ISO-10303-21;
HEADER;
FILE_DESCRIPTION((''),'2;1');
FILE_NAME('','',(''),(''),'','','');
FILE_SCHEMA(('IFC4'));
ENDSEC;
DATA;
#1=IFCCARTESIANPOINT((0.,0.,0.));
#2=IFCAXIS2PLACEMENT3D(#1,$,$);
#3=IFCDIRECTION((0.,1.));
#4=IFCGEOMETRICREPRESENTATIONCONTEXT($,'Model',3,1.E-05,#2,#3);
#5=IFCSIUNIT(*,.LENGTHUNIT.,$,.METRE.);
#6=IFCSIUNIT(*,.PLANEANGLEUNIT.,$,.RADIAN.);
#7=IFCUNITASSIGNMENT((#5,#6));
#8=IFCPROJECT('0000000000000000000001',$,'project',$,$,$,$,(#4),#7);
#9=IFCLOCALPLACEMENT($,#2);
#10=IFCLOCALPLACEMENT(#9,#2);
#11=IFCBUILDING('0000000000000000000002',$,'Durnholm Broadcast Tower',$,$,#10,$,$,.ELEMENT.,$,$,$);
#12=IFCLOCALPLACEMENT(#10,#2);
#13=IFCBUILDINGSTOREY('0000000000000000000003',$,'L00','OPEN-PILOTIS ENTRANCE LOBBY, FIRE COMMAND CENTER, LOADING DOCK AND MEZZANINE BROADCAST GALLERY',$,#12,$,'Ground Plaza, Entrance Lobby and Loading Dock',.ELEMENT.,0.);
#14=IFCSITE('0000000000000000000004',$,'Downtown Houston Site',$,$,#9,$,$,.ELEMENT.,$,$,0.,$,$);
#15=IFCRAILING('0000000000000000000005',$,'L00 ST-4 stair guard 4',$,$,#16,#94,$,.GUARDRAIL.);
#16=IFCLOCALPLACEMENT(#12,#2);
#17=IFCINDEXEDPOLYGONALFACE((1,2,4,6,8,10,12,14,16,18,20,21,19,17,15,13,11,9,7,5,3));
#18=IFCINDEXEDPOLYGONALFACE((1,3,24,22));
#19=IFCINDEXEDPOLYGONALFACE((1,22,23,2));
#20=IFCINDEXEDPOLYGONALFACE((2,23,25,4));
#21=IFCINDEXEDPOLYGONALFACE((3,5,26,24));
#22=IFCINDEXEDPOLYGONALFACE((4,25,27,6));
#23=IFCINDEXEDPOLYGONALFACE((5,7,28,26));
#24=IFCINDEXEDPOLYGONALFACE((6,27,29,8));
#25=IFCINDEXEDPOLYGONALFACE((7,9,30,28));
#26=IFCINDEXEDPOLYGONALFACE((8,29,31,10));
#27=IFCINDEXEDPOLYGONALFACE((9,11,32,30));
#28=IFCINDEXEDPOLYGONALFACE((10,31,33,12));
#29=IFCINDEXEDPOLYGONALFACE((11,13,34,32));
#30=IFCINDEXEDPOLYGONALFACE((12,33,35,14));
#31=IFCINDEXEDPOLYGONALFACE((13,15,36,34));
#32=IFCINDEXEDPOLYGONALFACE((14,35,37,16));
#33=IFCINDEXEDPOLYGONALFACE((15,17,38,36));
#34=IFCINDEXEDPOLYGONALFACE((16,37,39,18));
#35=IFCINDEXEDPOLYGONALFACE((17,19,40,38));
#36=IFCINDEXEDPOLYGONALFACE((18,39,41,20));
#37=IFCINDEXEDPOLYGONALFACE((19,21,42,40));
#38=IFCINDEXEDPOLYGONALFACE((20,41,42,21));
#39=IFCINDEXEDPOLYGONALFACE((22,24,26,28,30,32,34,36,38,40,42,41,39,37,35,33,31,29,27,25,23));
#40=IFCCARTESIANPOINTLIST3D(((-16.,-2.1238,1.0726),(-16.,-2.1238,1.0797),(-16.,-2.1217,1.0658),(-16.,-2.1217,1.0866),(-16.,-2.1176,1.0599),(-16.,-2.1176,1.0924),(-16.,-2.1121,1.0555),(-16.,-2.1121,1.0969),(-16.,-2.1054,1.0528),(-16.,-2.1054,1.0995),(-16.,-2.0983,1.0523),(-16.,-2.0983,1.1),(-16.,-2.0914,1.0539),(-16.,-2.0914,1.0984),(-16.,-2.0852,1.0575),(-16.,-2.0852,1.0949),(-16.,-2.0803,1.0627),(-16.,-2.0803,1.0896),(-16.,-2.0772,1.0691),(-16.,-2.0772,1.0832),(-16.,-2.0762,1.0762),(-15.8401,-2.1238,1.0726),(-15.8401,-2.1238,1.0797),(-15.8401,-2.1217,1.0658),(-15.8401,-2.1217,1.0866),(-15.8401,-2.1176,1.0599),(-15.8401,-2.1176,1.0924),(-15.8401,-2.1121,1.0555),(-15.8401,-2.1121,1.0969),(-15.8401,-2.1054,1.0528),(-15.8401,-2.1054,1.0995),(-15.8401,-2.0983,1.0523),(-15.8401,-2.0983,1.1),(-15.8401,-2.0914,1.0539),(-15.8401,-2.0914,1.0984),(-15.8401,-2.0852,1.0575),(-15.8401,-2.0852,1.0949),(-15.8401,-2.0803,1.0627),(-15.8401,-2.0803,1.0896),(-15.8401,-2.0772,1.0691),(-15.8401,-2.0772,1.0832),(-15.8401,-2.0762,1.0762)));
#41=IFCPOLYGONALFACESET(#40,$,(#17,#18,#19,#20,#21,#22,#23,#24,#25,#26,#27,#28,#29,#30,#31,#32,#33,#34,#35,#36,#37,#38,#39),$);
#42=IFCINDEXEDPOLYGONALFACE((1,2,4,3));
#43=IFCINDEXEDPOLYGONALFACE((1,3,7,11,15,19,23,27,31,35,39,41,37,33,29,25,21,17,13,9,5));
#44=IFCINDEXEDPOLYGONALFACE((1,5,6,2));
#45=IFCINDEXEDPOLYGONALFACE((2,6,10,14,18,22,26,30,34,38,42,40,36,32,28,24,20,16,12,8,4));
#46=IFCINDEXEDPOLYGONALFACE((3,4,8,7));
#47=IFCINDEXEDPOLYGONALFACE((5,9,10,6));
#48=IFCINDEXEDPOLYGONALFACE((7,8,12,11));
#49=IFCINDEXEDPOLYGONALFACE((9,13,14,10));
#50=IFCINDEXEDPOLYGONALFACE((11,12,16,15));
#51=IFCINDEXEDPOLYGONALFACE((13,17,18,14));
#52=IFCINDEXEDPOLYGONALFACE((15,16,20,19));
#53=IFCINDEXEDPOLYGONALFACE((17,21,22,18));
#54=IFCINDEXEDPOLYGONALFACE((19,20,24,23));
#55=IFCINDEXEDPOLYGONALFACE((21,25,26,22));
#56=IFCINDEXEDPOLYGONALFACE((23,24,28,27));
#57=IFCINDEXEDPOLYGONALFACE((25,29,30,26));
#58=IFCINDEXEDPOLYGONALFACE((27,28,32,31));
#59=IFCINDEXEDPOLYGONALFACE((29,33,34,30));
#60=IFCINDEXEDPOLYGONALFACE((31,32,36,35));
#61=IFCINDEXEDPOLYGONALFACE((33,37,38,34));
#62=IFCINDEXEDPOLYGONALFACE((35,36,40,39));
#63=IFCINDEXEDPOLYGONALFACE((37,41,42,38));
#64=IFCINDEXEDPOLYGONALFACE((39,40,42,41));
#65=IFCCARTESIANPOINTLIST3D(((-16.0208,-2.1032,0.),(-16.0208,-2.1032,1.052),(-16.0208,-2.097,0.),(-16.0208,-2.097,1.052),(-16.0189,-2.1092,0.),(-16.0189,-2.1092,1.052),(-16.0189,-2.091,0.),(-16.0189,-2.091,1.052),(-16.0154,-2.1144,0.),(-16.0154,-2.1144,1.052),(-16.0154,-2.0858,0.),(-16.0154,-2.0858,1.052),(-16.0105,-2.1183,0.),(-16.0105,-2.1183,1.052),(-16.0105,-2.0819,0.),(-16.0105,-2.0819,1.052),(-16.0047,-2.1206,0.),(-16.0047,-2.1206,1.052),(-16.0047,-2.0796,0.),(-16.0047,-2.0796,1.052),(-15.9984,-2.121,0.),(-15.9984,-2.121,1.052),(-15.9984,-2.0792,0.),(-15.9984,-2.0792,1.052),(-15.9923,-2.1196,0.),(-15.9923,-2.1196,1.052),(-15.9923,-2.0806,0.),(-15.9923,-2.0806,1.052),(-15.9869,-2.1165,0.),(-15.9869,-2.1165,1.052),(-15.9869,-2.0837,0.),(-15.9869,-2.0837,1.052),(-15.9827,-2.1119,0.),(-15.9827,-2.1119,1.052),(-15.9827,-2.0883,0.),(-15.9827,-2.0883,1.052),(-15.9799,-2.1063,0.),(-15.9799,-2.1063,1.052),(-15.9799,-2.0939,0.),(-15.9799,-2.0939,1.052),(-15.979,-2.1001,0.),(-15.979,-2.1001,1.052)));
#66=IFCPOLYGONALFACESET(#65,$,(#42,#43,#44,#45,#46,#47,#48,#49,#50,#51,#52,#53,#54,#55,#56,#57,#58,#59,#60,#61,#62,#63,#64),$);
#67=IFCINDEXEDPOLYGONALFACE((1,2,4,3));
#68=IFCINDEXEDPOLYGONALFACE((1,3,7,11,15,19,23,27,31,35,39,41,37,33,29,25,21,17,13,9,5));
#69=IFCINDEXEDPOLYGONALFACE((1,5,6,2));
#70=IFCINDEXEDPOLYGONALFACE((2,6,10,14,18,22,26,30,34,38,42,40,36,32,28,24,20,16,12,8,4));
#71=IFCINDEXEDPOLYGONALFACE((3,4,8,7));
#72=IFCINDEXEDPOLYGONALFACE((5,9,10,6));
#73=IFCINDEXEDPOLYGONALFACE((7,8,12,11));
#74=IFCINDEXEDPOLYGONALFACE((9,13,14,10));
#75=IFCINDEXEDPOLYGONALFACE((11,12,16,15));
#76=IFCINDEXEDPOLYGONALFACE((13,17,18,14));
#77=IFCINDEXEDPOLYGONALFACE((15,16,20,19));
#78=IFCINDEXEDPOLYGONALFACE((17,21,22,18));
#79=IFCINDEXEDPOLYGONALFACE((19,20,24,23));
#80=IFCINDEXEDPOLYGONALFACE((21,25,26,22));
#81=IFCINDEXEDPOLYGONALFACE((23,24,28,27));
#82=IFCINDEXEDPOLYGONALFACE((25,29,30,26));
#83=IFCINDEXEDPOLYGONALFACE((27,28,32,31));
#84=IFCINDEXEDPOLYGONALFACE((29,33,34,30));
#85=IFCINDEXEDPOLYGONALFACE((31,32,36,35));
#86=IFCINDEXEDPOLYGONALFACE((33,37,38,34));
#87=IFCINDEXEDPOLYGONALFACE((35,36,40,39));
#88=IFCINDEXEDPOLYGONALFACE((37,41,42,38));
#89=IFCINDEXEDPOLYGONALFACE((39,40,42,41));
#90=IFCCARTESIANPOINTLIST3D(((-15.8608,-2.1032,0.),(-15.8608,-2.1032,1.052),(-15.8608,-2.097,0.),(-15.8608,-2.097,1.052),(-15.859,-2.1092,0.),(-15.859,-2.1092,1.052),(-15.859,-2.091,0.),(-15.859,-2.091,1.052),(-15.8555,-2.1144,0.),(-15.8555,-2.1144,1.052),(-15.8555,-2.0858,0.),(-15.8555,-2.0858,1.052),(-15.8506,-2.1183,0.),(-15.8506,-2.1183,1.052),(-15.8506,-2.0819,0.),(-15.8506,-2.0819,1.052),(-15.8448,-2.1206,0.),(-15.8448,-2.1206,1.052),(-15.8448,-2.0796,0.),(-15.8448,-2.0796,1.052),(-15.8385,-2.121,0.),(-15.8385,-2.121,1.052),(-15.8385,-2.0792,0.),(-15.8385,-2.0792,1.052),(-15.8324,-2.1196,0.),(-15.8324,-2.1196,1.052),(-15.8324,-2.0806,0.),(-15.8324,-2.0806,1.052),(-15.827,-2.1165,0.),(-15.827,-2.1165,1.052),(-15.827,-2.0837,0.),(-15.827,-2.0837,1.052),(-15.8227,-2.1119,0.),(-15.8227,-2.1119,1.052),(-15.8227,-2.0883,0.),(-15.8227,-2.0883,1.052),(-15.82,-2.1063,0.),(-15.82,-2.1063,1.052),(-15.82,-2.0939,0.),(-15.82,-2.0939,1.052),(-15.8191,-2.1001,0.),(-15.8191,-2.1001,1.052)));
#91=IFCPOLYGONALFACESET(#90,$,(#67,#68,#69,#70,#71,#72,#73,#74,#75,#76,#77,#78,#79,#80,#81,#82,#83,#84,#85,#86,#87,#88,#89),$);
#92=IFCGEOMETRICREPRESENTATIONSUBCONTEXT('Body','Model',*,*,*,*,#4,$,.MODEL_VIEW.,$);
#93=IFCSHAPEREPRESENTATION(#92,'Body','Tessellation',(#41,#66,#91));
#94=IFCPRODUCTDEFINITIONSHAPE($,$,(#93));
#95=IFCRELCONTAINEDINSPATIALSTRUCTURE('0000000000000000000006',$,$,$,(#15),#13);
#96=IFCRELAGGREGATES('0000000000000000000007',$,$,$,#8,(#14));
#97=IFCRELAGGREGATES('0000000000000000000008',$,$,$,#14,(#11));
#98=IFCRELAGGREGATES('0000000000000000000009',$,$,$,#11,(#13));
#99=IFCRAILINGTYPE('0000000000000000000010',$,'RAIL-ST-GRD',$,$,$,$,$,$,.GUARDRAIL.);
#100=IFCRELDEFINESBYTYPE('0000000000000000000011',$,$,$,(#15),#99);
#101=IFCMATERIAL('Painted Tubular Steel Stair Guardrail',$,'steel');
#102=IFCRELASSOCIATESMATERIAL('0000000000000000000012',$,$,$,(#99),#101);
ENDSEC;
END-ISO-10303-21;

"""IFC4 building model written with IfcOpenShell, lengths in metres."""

from ifc_helpers import new_model, si_unit, direction, frame, origin, origin_2d, place, context, subcontext, project, spatial, circle, extrude, material, type_object, element, save


model = new_model("IFC4")

# Units and contexts
model_context = context("Model", 3, precision=1e-05, world=origin(), true_north=direction((0.0, 1.0)))
body_context = subcontext(model_context, "Body", "Model", "MODEL_VIEW")
ifc_project = project(units=[si_unit("LENGTHUNIT", "METRE"), si_unit("PLANEANGLEUNIT", "RADIAN")], contexts=[model_context])

# Site, building, storey
site_placement = place(None, origin())
site = spatial("IfcSite", under=ifc_project, at=site_placement, Name="Downtown Houston Site", CompositionType="ELEMENT", RefElevation=0.0)
building_placement = place(site_placement, origin())
building = spatial("IfcBuilding", under=site, at=building_placement, Name="Durnholm Broadcast Tower", CompositionType="ELEMENT")
storey_placement = place(building_placement, origin())
storey = spatial("IfcBuildingStorey", under=building, at=storey_placement, Name="L00", Description="OPEN-PILOTIS ENTRANCE LOBBY, FIRE COMMAND CENTER, LOADING DOCK AND MEZZANINE BROADCAST GALLERY", LongName="Ground Plaza, Entrance Lobby and Loading Dock", CompositionType="ELEMENT", Elevation=0.0)

# Railing
ifc_material_1 = material(Name="Painted Tubular Steel Stair Guardrail", Category="steel")
railing_type_1 = type_object("IfcRailingType", Name="RAIL-ST-GRD", PredefinedType="GUARDRAIL", material=ifc_material_1)
railing_1_placement = place(storey_placement, frame((-16.0, -2.1001, 0.0)))
element("IfcRailing", 1, at=railing_1_placement, inside=storey, type_object=railing_type_1, Name="L00 ST-4 stair guard 4", PredefinedType="GUARDRAIL", context=body_context, shape_type="SweptSolid", body=[
    extrude(circle(Radius=0.0239, at=origin_2d()), frame((0.0, 0.0, 1.0762), z_axis=(1.0, 0.0, 0.0), x_axis=(0.0, 1.0, 0.0)), (0.0, 0.0, 1.0), 0.1599),
    extrude(circle(Radius=0.021, at=origin_2d()), origin(), (0.0, 0.0, 1.0), 1.052),
    extrude(circle(Radius=0.021, at=origin_2d()), frame((0.1599, 0.0, 0.0)), (0.0, 0.0, 1.0), 1.052),
])

save(model, "model.ifc")
